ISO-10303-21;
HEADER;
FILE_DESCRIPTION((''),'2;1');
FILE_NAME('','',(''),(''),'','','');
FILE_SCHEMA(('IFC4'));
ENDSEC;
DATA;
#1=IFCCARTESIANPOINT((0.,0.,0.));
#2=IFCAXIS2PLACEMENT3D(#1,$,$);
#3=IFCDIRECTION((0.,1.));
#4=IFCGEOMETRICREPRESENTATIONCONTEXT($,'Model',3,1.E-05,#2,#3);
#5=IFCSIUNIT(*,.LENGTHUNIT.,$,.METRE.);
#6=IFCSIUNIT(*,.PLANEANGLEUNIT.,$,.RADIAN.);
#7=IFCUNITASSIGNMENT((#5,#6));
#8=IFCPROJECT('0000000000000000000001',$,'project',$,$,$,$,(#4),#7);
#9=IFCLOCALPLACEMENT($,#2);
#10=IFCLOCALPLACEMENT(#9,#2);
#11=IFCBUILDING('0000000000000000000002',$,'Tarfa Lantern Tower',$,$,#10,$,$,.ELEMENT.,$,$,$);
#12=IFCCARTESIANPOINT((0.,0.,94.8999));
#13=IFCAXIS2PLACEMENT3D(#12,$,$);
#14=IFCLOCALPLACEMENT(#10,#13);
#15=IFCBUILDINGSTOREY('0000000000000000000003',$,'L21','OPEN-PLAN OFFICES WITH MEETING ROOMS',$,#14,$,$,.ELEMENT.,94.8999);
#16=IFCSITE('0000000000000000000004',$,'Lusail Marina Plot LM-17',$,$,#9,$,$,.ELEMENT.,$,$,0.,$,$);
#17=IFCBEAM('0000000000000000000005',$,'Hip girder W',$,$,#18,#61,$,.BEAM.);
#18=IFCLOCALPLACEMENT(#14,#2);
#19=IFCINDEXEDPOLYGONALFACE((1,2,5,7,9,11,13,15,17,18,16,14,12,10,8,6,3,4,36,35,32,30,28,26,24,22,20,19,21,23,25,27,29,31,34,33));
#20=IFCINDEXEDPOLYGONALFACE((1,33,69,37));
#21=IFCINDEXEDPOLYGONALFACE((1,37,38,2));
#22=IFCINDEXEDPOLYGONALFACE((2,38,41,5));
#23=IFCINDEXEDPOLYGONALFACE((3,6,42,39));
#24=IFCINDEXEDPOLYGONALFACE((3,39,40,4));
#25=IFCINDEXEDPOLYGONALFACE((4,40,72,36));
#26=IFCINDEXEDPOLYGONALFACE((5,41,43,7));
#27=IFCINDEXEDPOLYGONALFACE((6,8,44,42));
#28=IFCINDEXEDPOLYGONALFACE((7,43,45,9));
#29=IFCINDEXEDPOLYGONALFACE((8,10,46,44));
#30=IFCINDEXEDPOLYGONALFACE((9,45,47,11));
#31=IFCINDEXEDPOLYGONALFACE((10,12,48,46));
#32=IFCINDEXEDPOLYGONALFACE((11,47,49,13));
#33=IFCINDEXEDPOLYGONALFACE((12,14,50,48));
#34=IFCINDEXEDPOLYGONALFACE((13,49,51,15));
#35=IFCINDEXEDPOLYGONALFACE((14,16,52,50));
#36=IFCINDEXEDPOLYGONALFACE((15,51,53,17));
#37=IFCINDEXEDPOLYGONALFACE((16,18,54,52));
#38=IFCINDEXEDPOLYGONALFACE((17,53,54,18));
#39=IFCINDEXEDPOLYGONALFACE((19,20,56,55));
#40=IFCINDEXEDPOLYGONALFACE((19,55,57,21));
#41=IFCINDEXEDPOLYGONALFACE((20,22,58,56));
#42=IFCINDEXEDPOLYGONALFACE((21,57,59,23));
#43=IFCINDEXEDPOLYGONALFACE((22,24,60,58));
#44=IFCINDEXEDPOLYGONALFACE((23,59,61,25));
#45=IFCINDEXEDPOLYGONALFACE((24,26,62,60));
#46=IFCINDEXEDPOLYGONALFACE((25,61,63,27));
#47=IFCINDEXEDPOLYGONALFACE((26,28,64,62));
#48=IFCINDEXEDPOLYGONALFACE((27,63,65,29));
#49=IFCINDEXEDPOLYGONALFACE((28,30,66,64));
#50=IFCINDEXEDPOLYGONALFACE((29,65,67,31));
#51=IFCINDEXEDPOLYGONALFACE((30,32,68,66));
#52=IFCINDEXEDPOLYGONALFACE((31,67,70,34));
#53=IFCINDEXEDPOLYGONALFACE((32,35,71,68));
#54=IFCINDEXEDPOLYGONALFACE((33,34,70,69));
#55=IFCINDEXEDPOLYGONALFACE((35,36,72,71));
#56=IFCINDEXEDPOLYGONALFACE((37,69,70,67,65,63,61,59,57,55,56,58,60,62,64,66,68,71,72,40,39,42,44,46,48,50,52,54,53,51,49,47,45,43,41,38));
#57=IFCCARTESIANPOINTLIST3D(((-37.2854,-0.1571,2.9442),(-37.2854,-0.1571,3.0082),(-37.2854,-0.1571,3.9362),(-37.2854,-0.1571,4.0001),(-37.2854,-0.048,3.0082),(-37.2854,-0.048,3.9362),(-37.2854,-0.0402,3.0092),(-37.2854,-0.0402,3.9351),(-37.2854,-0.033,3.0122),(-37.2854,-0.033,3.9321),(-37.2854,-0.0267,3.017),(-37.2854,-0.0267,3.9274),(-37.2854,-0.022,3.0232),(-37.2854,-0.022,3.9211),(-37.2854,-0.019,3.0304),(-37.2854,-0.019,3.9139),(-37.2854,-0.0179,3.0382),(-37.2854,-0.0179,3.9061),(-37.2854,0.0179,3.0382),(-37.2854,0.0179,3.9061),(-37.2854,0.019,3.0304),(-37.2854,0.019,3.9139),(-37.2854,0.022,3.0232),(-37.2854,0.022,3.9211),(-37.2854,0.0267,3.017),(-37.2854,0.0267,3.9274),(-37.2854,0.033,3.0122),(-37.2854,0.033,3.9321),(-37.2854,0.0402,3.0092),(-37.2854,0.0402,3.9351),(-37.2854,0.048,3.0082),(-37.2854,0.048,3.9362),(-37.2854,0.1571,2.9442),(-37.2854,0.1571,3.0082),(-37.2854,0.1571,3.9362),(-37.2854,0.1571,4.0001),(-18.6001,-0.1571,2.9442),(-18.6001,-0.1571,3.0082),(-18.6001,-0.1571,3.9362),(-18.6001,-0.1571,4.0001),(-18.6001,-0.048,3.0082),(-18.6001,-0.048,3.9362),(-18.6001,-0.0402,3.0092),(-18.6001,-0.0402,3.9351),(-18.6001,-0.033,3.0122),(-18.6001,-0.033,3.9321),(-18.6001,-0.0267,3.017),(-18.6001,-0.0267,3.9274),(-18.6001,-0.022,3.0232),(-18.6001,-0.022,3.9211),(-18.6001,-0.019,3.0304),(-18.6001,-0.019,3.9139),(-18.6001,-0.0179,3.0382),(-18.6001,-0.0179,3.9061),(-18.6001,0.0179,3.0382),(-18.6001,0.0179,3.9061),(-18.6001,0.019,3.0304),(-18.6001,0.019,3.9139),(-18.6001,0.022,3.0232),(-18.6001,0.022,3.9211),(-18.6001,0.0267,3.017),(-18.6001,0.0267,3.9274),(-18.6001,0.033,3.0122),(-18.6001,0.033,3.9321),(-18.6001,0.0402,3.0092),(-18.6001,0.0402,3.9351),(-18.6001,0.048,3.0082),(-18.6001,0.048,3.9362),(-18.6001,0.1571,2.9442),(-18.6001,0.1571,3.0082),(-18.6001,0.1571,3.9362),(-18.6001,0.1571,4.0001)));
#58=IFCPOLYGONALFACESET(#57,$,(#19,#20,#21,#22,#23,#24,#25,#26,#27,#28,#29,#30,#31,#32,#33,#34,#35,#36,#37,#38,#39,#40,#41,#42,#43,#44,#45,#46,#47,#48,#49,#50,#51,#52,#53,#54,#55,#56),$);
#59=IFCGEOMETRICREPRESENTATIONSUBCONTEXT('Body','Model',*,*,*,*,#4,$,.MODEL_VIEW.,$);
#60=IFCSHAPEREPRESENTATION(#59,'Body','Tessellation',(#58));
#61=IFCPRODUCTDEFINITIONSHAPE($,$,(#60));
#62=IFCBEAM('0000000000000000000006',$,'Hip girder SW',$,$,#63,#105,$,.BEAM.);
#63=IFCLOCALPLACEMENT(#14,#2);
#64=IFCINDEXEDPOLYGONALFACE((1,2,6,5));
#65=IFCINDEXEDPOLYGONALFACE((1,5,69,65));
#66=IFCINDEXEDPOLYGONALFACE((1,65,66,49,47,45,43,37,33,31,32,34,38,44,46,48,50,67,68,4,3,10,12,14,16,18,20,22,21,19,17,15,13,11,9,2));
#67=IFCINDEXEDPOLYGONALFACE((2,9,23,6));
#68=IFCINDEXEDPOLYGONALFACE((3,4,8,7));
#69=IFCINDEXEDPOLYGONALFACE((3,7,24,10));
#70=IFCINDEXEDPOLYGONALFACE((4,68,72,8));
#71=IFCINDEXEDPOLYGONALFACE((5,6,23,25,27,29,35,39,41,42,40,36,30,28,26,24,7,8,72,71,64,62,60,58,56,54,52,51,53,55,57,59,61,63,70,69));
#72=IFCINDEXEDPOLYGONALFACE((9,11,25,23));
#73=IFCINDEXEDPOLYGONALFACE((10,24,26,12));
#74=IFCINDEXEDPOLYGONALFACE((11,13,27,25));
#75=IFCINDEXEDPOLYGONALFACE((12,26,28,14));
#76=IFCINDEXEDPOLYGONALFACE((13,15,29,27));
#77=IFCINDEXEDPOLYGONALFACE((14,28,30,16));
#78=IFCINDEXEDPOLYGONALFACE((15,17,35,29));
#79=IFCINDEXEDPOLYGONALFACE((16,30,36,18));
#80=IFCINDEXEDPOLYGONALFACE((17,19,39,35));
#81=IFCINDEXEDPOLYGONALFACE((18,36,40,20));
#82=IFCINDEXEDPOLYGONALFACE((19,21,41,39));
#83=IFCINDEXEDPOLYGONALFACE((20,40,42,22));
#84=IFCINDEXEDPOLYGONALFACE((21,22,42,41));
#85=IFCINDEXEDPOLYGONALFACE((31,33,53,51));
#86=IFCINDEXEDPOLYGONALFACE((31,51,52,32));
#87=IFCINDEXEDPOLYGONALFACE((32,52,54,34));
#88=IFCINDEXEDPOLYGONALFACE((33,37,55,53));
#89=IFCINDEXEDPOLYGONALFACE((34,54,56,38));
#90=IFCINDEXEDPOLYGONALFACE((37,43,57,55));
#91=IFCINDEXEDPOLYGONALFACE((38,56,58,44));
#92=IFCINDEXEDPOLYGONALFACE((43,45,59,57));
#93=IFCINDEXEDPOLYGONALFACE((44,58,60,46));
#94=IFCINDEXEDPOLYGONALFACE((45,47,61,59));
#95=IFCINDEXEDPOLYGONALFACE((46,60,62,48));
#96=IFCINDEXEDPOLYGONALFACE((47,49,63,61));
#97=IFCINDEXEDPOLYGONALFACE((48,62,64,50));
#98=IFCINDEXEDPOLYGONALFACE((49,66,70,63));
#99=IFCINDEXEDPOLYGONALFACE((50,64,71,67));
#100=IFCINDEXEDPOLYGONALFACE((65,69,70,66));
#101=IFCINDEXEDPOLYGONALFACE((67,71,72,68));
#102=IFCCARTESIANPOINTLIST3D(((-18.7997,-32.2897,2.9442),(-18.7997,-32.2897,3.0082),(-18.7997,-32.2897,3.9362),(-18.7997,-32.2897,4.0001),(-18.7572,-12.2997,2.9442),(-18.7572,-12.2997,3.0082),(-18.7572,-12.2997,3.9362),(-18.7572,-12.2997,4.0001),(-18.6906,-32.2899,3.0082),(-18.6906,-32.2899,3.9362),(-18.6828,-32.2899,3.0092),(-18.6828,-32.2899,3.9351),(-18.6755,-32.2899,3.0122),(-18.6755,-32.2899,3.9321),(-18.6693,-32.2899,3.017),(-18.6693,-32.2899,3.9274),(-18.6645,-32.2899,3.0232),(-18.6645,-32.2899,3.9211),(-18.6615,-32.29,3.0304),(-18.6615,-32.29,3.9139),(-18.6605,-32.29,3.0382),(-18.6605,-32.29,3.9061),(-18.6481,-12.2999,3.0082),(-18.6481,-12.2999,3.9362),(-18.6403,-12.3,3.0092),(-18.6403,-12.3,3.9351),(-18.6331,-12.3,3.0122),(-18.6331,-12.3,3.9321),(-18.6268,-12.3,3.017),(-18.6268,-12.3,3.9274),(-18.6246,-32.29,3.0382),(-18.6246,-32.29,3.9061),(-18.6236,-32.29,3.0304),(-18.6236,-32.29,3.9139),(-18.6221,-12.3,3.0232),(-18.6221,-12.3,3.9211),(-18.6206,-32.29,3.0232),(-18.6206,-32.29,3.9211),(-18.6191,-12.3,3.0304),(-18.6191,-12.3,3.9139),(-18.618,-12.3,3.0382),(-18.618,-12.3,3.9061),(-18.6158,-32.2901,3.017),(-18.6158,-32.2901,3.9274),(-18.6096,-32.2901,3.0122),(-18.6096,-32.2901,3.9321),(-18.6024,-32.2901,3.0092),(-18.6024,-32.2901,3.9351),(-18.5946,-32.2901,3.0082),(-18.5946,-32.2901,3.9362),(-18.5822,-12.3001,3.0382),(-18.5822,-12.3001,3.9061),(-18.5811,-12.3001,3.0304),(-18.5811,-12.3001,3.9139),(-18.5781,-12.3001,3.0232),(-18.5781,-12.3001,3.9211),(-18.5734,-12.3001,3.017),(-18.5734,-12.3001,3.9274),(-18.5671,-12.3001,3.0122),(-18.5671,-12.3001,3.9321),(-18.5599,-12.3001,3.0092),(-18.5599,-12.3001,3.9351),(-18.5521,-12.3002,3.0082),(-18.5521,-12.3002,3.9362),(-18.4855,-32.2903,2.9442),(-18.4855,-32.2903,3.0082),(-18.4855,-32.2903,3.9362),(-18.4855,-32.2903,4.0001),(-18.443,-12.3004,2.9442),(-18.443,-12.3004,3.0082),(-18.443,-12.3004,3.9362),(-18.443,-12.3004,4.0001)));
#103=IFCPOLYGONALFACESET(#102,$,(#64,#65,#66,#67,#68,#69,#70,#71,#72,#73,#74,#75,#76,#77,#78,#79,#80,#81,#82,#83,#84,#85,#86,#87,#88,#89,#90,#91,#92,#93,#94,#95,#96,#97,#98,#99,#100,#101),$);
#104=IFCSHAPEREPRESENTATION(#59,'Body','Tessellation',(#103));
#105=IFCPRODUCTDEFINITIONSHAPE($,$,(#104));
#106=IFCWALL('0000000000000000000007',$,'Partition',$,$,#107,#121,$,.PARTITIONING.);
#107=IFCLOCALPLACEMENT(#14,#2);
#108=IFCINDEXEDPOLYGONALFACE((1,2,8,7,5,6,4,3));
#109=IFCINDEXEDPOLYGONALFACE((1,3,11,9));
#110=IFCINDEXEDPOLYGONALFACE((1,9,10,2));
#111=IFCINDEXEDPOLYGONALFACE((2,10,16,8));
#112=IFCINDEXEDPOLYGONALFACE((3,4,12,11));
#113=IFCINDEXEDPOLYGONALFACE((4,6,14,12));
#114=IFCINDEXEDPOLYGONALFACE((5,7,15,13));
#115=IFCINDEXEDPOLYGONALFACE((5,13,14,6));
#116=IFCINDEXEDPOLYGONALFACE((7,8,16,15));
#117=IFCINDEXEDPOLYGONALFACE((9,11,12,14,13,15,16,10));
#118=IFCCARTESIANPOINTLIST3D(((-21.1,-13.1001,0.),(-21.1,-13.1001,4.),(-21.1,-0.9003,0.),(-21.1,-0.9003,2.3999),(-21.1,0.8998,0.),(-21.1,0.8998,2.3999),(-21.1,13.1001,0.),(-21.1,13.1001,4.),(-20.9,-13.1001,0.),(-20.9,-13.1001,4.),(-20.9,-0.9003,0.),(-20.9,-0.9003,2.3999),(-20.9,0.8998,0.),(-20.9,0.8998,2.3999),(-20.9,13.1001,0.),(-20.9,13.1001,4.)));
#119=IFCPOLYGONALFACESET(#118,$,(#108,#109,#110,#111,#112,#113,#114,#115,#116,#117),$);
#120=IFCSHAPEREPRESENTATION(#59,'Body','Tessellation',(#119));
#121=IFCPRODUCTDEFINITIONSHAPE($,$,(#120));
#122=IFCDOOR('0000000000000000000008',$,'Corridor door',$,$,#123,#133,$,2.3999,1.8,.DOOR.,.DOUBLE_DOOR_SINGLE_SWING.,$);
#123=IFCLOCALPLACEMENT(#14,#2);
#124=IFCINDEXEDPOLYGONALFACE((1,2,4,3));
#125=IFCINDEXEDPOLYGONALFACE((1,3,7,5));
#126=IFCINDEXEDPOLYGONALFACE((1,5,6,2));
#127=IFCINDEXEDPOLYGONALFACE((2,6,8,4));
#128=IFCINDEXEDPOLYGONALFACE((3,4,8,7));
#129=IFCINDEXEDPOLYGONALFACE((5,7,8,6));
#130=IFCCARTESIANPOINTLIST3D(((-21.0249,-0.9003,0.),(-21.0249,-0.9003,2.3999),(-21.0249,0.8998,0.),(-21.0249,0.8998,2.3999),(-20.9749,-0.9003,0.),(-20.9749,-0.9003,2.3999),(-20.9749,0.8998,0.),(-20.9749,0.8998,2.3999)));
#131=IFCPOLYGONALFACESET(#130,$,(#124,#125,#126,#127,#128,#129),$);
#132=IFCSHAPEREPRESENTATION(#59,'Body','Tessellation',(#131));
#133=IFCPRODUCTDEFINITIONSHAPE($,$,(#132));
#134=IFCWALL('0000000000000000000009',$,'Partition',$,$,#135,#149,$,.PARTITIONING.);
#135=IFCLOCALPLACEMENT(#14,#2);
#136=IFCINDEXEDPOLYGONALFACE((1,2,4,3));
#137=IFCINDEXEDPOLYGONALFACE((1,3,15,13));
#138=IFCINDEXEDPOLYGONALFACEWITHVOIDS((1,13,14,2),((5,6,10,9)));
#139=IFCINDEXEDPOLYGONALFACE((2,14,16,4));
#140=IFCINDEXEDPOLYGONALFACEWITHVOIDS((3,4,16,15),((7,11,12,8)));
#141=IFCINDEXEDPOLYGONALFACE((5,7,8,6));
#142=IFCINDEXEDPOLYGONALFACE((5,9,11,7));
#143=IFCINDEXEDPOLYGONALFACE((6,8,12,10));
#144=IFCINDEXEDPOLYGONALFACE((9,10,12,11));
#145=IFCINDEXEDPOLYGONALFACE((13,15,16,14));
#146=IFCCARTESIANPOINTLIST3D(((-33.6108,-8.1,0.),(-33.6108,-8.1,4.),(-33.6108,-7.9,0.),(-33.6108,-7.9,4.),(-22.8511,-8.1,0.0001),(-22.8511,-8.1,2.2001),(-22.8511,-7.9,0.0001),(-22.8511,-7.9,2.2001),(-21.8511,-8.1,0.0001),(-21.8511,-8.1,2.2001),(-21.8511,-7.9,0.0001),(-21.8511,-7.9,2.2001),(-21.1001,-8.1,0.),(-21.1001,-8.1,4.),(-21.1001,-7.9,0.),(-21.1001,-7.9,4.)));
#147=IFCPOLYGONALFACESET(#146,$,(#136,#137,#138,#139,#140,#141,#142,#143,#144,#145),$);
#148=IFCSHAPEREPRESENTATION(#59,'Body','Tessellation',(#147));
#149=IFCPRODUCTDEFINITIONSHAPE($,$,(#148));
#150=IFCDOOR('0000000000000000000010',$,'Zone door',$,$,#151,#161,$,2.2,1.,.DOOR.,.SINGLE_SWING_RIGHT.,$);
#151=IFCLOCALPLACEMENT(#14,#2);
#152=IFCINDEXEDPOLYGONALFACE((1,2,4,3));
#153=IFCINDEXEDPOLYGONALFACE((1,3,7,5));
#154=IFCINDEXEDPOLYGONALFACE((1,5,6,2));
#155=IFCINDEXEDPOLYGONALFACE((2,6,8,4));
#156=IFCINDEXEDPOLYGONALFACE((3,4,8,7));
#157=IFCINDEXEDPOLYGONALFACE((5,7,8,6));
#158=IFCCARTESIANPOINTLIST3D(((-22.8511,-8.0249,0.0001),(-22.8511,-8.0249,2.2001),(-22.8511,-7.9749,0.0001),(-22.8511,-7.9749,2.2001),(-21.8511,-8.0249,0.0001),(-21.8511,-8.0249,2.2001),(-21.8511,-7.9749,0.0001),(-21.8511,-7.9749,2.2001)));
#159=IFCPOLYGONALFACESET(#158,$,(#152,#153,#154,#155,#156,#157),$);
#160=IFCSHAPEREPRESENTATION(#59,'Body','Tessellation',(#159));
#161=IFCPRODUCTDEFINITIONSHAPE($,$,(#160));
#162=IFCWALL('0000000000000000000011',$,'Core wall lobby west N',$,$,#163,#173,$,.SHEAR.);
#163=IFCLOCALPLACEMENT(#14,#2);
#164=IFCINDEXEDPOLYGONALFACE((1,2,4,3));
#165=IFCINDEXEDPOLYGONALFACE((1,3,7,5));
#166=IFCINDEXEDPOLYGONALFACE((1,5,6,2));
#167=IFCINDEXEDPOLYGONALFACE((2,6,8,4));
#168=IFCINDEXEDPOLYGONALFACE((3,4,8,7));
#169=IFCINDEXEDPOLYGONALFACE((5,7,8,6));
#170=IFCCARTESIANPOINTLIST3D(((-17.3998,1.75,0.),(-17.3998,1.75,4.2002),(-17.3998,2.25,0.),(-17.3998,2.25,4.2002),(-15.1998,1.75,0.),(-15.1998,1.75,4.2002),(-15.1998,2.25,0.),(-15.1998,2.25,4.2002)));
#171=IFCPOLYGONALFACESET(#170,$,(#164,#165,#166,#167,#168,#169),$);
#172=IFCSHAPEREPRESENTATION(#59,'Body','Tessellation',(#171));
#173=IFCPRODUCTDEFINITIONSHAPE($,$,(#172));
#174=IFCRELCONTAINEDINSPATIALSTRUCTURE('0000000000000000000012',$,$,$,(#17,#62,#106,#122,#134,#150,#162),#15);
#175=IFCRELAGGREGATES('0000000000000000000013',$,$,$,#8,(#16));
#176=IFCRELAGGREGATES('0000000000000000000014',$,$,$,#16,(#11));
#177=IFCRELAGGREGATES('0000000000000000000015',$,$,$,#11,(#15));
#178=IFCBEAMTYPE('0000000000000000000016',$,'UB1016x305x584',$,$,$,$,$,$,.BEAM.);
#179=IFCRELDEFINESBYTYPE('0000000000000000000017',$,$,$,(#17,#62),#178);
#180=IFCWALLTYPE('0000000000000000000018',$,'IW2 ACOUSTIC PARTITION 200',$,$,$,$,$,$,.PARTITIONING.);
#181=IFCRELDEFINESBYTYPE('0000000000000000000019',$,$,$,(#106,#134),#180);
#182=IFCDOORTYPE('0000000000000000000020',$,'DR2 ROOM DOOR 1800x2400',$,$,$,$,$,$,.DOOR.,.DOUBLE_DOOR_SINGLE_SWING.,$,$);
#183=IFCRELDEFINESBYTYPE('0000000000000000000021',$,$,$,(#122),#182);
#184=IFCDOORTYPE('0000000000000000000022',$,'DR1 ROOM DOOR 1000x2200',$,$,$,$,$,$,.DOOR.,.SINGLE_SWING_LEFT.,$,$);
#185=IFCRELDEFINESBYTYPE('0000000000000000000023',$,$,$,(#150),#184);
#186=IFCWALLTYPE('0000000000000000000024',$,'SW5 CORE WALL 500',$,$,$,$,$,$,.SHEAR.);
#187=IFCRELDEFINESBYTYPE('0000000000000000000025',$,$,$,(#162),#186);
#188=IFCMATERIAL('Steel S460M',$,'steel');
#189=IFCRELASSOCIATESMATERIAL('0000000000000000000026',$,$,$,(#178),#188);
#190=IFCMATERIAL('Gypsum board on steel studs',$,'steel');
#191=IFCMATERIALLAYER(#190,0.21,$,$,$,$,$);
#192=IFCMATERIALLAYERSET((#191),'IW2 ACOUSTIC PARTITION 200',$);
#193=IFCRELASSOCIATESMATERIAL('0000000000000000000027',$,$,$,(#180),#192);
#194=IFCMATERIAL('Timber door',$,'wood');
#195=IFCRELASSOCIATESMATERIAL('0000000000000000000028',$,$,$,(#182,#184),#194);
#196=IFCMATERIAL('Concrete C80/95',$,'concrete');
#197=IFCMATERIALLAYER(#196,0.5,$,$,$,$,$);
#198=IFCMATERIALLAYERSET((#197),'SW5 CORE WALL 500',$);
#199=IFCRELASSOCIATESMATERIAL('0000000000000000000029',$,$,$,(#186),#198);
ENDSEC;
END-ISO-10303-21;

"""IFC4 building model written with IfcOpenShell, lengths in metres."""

from ifc_helpers import new_model, si_unit, direction, frame, frame_2d, origin, origin_2d, place, context, subcontext, project, spatial, rectangle, i_section, extrude, material, layer, layer_set, material_profile, profile_set, type_object, element, fill, save


model = new_model("IFC4")

# Units and contexts
model_context = context("Model", 3, precision=1e-05, world=origin(), true_north=direction((0.0, 1.0)))
body_context = subcontext(model_context, "Body", "Model", "MODEL_VIEW")
ifc_project = project(units=[si_unit("LENGTHUNIT", "METRE"), si_unit("PLANEANGLEUNIT", "RADIAN")], contexts=[model_context])

# Site, building, storey
site_placement = place(None, origin())
site = spatial("IfcSite", under=ifc_project, at=site_placement, Name="Lusail Marina Plot LM-17", CompositionType="ELEMENT", RefElevation=0.0)
building_placement = place(site_placement, origin())
building = spatial("IfcBuilding", under=site, at=building_placement, Name="Tarfa Lantern Tower", CompositionType="ELEMENT")
storey_placement = place(building_placement, frame((0.0, 0.0, 94.8999)))
storey = spatial("IfcBuildingStorey", under=building, at=storey_placement, Name="L21", Description="OPEN-PLAN OFFICES WITH MEETING ROOMS", CompositionType="ELEMENT", Elevation=94.8999)

# Beams
ifc_material_1 = material(Name="Steel S460M", Category="steel")
ifc_material_profile = material_profile(ifc_material_1, i_section(OverallWidth=0.3142, OverallDepth=1.0559, WebThickness=0.0359, FlangeThickness=0.064, FilletRadius=0.03, at=origin_2d()), Name="UB1016x305x584")
ifc_profile_set = profile_set([ifc_material_profile], Name="Steel S460M")
beam_type = type_object("IfcBeamType", Name="UB1016x305x584", PredefinedType="BEAM", material=ifc_profile_set)
beam_1_placement = place(storey_placement, frame((-18.6001, 0.0, 3.4722), z_axis=(-1.0, 0.0, 0.0), x_axis=(0.0, -1.0, 0.0)))
element("IfcBeam", 1, at=beam_1_placement, inside=storey, type_object=beam_type, Name="Hip girder W", PredefinedType="BEAM", context=body_context, shape_type="SweptSolid", body=[
    extrude(i_section(OverallWidth=0.3142, OverallDepth=1.0559, WebThickness=0.0359, FlangeThickness=0.064, FilletRadius=0.03, at=origin_2d()), origin(), (0.0, 0.0, 1.0), 18.6853),
])
beam_2_placement = place(storey_placement, frame((-18.6001, -12.3, 3.4722), z_axis=(-0.002125, -0.999998, 0.0), x_axis=(0.999998, -0.002125, 0.0)))
element("IfcBeam", 2, at=beam_2_placement, inside=storey, type_object=beam_type, Name="Hip girder SW", PredefinedType="BEAM", context=body_context, shape_type="SweptSolid", body=[
    extrude(i_section(OverallWidth=0.3142, OverallDepth=1.0559, WebThickness=0.0359, FlangeThickness=0.064, FilletRadius=0.03, at=origin_2d()), origin(), (0.0, 0.0, 1.0), 19.99),
])

# Walls, openings, doors
ifc_material_2 = material(Name="Gypsum board on steel studs", Category="steel")
ifc_layer_1 = layer(ifc_material_2, 0.21)
ifc_layer_set_1 = layer_set([ifc_layer_1], Name="IW2 ACOUSTIC PARTITION 200")
wall_type_1 = type_object("IfcWallType", Name="IW2 ACOUSTIC PARTITION 200", PredefinedType="PARTITIONING", material=ifc_layer_set_1)
wall_1_placement = place(storey_placement, frame((-21.0, -13.1001, 0.0), z_axis=(0.0, 0.0, 1.0), x_axis=(0.0, 1.0, 0.0)))
wall_1 = element("IfcWall", 3, at=wall_1_placement, inside=storey, type_object=wall_type_1, Name="Partition", PredefinedType="PARTITIONING", context=body_context, shape_type="SweptSolid", body=[
    extrude(rectangle(XDim=26.2002, YDim=0.2, at=frame_2d((13.1001, 0.0))), origin(), (0.0, 0.0, 1.0), 4.0),
])
opening_1_placement = place(wall_1_placement, frame((12.2, 0.0, 0.0)))
opening_1 = element("IfcOpeningElement", 4, at=opening_1_placement, cuts=wall_1, PredefinedType="OPENING", context=body_context, shape_type="SweptSolid", body=[
    extrude(rectangle(XDim=1.8, YDim=2.3999, at=frame_2d((0.8999, 1.2))), frame((0.0, 0.1099, 0.0), z_axis=(0.0, -1.0, 0.0), x_axis=(1.0, 0.0, 0.0)), (0.0, 0.0, 1.0), 0.22),
])
ifc_material_3 = material(Name="Timber door", Category="wood")
door_type_1 = type_object("IfcDoorType", Name="DR2 ROOM DOOR 1800x2400", OperationType="DOUBLE_DOOR_SINGLE_SWING", PredefinedType="DOOR", material=ifc_material_3)
door_1_placement = place(opening_1_placement, origin())
door_1 = element("IfcDoor", 5, at=door_1_placement, inside=storey, type_object=door_type_1, Name="Corridor door", OperationType="DOUBLE_DOOR_SINGLE_SWING", OverallHeight=2.3999, OverallWidth=1.8, PredefinedType="DOOR", context=body_context, shape_type="SweptSolid", body=[
    extrude(rectangle(XDim=1.8, YDim=2.3999, at=frame_2d((0.8999, 1.2))), frame((0.0, 0.0249, 0.0), z_axis=(0.0, -1.0, 0.0), x_axis=(1.0, 0.0, 0.0)), (0.0, 0.0, 1.0), 0.05),
])
fill(opening_1, door_1)
wall_2_placement = place(storey_placement, frame((-21.1001, -8.0, 0.0), z_axis=(0.0, 0.0, 1.0), x_axis=(-1.0, 0.0, 0.0)))
wall_2 = element("IfcWall", 6, at=wall_2_placement, inside=storey, type_object=wall_type_1, Name="Partition", PredefinedType="PARTITIONING", context=body_context, shape_type="SweptSolid", body=[
    extrude(rectangle(XDim=12.5107, YDim=0.2, at=frame_2d((6.2554, 0.0))), origin(), (0.0, 0.0, 1.0), 4.0),
])
opening_2_placement = place(wall_2_placement, frame((0.751, 0.0, 0.0)))
opening_2 = element("IfcOpeningElement", 7, at=opening_2_placement, cuts=wall_2, PredefinedType="OPENING", context=body_context, shape_type="SweptSolid", body=[
    extrude(rectangle(XDim=1.0, YDim=2.2, at=frame_2d((0.5, 1.1001))), frame((0.0, 0.1099, 0.0), z_axis=(0.0, -1.0, 0.0), x_axis=(1.0, 0.0, 0.0)), (0.0, 0.0, 1.0), 0.22),
])
door_type_2 = type_object("IfcDoorType", Name="DR1 ROOM DOOR 1000x2200", OperationType="SINGLE_SWING_LEFT", PredefinedType="DOOR", material=ifc_material_3)
door_2_placement = place(opening_2_placement, origin())
door_2 = element("IfcDoor", 8, at=door_2_placement, inside=storey, type_object=door_type_2, Name="Zone door", OperationType="SINGLE_SWING_RIGHT", OverallHeight=2.2, OverallWidth=1.0, PredefinedType="DOOR", context=body_context, shape_type="SweptSolid", body=[
    extrude(rectangle(XDim=1.0, YDim=2.2, at=frame_2d((0.5, 1.1001))), frame((0.0, 0.0249, 0.0), z_axis=(0.0, -1.0, 0.0), x_axis=(1.0, 0.0, 0.0)), (0.0, 0.0, 1.0), 0.05),
])
fill(opening_2, door_2)

# Wall
ifc_material_4 = material(Name="Concrete C80/95", Category="concrete")
ifc_layer_2 = layer(ifc_material_4, 0.5)
ifc_layer_set_2 = layer_set([ifc_layer_2], Name="SW5 CORE WALL 500")
wall_type_2 = type_object("IfcWallType", Name="SW5 CORE WALL 500", PredefinedType="SHEAR", material=ifc_layer_set_2)
wall_3_placement = place(storey_placement, frame((-17.3999, 2.0, 0.0), z_axis=(0.0, 0.0, 1.0), x_axis=(1.0, 0.0, 0.0)))
element("IfcWall", 9, at=wall_3_placement, inside=storey, type_object=wall_type_2, Name="Core wall lobby west N", PredefinedType="SHEAR", context=body_context, shape_type="SweptSolid", body=[
    extrude(rectangle(XDim=2.2, YDim=0.5, at=frame_2d((1.1001, 0.0))), origin(), (0.0, 0.0, 1.0), 4.2002),
])

save(model, "model.ifc")
